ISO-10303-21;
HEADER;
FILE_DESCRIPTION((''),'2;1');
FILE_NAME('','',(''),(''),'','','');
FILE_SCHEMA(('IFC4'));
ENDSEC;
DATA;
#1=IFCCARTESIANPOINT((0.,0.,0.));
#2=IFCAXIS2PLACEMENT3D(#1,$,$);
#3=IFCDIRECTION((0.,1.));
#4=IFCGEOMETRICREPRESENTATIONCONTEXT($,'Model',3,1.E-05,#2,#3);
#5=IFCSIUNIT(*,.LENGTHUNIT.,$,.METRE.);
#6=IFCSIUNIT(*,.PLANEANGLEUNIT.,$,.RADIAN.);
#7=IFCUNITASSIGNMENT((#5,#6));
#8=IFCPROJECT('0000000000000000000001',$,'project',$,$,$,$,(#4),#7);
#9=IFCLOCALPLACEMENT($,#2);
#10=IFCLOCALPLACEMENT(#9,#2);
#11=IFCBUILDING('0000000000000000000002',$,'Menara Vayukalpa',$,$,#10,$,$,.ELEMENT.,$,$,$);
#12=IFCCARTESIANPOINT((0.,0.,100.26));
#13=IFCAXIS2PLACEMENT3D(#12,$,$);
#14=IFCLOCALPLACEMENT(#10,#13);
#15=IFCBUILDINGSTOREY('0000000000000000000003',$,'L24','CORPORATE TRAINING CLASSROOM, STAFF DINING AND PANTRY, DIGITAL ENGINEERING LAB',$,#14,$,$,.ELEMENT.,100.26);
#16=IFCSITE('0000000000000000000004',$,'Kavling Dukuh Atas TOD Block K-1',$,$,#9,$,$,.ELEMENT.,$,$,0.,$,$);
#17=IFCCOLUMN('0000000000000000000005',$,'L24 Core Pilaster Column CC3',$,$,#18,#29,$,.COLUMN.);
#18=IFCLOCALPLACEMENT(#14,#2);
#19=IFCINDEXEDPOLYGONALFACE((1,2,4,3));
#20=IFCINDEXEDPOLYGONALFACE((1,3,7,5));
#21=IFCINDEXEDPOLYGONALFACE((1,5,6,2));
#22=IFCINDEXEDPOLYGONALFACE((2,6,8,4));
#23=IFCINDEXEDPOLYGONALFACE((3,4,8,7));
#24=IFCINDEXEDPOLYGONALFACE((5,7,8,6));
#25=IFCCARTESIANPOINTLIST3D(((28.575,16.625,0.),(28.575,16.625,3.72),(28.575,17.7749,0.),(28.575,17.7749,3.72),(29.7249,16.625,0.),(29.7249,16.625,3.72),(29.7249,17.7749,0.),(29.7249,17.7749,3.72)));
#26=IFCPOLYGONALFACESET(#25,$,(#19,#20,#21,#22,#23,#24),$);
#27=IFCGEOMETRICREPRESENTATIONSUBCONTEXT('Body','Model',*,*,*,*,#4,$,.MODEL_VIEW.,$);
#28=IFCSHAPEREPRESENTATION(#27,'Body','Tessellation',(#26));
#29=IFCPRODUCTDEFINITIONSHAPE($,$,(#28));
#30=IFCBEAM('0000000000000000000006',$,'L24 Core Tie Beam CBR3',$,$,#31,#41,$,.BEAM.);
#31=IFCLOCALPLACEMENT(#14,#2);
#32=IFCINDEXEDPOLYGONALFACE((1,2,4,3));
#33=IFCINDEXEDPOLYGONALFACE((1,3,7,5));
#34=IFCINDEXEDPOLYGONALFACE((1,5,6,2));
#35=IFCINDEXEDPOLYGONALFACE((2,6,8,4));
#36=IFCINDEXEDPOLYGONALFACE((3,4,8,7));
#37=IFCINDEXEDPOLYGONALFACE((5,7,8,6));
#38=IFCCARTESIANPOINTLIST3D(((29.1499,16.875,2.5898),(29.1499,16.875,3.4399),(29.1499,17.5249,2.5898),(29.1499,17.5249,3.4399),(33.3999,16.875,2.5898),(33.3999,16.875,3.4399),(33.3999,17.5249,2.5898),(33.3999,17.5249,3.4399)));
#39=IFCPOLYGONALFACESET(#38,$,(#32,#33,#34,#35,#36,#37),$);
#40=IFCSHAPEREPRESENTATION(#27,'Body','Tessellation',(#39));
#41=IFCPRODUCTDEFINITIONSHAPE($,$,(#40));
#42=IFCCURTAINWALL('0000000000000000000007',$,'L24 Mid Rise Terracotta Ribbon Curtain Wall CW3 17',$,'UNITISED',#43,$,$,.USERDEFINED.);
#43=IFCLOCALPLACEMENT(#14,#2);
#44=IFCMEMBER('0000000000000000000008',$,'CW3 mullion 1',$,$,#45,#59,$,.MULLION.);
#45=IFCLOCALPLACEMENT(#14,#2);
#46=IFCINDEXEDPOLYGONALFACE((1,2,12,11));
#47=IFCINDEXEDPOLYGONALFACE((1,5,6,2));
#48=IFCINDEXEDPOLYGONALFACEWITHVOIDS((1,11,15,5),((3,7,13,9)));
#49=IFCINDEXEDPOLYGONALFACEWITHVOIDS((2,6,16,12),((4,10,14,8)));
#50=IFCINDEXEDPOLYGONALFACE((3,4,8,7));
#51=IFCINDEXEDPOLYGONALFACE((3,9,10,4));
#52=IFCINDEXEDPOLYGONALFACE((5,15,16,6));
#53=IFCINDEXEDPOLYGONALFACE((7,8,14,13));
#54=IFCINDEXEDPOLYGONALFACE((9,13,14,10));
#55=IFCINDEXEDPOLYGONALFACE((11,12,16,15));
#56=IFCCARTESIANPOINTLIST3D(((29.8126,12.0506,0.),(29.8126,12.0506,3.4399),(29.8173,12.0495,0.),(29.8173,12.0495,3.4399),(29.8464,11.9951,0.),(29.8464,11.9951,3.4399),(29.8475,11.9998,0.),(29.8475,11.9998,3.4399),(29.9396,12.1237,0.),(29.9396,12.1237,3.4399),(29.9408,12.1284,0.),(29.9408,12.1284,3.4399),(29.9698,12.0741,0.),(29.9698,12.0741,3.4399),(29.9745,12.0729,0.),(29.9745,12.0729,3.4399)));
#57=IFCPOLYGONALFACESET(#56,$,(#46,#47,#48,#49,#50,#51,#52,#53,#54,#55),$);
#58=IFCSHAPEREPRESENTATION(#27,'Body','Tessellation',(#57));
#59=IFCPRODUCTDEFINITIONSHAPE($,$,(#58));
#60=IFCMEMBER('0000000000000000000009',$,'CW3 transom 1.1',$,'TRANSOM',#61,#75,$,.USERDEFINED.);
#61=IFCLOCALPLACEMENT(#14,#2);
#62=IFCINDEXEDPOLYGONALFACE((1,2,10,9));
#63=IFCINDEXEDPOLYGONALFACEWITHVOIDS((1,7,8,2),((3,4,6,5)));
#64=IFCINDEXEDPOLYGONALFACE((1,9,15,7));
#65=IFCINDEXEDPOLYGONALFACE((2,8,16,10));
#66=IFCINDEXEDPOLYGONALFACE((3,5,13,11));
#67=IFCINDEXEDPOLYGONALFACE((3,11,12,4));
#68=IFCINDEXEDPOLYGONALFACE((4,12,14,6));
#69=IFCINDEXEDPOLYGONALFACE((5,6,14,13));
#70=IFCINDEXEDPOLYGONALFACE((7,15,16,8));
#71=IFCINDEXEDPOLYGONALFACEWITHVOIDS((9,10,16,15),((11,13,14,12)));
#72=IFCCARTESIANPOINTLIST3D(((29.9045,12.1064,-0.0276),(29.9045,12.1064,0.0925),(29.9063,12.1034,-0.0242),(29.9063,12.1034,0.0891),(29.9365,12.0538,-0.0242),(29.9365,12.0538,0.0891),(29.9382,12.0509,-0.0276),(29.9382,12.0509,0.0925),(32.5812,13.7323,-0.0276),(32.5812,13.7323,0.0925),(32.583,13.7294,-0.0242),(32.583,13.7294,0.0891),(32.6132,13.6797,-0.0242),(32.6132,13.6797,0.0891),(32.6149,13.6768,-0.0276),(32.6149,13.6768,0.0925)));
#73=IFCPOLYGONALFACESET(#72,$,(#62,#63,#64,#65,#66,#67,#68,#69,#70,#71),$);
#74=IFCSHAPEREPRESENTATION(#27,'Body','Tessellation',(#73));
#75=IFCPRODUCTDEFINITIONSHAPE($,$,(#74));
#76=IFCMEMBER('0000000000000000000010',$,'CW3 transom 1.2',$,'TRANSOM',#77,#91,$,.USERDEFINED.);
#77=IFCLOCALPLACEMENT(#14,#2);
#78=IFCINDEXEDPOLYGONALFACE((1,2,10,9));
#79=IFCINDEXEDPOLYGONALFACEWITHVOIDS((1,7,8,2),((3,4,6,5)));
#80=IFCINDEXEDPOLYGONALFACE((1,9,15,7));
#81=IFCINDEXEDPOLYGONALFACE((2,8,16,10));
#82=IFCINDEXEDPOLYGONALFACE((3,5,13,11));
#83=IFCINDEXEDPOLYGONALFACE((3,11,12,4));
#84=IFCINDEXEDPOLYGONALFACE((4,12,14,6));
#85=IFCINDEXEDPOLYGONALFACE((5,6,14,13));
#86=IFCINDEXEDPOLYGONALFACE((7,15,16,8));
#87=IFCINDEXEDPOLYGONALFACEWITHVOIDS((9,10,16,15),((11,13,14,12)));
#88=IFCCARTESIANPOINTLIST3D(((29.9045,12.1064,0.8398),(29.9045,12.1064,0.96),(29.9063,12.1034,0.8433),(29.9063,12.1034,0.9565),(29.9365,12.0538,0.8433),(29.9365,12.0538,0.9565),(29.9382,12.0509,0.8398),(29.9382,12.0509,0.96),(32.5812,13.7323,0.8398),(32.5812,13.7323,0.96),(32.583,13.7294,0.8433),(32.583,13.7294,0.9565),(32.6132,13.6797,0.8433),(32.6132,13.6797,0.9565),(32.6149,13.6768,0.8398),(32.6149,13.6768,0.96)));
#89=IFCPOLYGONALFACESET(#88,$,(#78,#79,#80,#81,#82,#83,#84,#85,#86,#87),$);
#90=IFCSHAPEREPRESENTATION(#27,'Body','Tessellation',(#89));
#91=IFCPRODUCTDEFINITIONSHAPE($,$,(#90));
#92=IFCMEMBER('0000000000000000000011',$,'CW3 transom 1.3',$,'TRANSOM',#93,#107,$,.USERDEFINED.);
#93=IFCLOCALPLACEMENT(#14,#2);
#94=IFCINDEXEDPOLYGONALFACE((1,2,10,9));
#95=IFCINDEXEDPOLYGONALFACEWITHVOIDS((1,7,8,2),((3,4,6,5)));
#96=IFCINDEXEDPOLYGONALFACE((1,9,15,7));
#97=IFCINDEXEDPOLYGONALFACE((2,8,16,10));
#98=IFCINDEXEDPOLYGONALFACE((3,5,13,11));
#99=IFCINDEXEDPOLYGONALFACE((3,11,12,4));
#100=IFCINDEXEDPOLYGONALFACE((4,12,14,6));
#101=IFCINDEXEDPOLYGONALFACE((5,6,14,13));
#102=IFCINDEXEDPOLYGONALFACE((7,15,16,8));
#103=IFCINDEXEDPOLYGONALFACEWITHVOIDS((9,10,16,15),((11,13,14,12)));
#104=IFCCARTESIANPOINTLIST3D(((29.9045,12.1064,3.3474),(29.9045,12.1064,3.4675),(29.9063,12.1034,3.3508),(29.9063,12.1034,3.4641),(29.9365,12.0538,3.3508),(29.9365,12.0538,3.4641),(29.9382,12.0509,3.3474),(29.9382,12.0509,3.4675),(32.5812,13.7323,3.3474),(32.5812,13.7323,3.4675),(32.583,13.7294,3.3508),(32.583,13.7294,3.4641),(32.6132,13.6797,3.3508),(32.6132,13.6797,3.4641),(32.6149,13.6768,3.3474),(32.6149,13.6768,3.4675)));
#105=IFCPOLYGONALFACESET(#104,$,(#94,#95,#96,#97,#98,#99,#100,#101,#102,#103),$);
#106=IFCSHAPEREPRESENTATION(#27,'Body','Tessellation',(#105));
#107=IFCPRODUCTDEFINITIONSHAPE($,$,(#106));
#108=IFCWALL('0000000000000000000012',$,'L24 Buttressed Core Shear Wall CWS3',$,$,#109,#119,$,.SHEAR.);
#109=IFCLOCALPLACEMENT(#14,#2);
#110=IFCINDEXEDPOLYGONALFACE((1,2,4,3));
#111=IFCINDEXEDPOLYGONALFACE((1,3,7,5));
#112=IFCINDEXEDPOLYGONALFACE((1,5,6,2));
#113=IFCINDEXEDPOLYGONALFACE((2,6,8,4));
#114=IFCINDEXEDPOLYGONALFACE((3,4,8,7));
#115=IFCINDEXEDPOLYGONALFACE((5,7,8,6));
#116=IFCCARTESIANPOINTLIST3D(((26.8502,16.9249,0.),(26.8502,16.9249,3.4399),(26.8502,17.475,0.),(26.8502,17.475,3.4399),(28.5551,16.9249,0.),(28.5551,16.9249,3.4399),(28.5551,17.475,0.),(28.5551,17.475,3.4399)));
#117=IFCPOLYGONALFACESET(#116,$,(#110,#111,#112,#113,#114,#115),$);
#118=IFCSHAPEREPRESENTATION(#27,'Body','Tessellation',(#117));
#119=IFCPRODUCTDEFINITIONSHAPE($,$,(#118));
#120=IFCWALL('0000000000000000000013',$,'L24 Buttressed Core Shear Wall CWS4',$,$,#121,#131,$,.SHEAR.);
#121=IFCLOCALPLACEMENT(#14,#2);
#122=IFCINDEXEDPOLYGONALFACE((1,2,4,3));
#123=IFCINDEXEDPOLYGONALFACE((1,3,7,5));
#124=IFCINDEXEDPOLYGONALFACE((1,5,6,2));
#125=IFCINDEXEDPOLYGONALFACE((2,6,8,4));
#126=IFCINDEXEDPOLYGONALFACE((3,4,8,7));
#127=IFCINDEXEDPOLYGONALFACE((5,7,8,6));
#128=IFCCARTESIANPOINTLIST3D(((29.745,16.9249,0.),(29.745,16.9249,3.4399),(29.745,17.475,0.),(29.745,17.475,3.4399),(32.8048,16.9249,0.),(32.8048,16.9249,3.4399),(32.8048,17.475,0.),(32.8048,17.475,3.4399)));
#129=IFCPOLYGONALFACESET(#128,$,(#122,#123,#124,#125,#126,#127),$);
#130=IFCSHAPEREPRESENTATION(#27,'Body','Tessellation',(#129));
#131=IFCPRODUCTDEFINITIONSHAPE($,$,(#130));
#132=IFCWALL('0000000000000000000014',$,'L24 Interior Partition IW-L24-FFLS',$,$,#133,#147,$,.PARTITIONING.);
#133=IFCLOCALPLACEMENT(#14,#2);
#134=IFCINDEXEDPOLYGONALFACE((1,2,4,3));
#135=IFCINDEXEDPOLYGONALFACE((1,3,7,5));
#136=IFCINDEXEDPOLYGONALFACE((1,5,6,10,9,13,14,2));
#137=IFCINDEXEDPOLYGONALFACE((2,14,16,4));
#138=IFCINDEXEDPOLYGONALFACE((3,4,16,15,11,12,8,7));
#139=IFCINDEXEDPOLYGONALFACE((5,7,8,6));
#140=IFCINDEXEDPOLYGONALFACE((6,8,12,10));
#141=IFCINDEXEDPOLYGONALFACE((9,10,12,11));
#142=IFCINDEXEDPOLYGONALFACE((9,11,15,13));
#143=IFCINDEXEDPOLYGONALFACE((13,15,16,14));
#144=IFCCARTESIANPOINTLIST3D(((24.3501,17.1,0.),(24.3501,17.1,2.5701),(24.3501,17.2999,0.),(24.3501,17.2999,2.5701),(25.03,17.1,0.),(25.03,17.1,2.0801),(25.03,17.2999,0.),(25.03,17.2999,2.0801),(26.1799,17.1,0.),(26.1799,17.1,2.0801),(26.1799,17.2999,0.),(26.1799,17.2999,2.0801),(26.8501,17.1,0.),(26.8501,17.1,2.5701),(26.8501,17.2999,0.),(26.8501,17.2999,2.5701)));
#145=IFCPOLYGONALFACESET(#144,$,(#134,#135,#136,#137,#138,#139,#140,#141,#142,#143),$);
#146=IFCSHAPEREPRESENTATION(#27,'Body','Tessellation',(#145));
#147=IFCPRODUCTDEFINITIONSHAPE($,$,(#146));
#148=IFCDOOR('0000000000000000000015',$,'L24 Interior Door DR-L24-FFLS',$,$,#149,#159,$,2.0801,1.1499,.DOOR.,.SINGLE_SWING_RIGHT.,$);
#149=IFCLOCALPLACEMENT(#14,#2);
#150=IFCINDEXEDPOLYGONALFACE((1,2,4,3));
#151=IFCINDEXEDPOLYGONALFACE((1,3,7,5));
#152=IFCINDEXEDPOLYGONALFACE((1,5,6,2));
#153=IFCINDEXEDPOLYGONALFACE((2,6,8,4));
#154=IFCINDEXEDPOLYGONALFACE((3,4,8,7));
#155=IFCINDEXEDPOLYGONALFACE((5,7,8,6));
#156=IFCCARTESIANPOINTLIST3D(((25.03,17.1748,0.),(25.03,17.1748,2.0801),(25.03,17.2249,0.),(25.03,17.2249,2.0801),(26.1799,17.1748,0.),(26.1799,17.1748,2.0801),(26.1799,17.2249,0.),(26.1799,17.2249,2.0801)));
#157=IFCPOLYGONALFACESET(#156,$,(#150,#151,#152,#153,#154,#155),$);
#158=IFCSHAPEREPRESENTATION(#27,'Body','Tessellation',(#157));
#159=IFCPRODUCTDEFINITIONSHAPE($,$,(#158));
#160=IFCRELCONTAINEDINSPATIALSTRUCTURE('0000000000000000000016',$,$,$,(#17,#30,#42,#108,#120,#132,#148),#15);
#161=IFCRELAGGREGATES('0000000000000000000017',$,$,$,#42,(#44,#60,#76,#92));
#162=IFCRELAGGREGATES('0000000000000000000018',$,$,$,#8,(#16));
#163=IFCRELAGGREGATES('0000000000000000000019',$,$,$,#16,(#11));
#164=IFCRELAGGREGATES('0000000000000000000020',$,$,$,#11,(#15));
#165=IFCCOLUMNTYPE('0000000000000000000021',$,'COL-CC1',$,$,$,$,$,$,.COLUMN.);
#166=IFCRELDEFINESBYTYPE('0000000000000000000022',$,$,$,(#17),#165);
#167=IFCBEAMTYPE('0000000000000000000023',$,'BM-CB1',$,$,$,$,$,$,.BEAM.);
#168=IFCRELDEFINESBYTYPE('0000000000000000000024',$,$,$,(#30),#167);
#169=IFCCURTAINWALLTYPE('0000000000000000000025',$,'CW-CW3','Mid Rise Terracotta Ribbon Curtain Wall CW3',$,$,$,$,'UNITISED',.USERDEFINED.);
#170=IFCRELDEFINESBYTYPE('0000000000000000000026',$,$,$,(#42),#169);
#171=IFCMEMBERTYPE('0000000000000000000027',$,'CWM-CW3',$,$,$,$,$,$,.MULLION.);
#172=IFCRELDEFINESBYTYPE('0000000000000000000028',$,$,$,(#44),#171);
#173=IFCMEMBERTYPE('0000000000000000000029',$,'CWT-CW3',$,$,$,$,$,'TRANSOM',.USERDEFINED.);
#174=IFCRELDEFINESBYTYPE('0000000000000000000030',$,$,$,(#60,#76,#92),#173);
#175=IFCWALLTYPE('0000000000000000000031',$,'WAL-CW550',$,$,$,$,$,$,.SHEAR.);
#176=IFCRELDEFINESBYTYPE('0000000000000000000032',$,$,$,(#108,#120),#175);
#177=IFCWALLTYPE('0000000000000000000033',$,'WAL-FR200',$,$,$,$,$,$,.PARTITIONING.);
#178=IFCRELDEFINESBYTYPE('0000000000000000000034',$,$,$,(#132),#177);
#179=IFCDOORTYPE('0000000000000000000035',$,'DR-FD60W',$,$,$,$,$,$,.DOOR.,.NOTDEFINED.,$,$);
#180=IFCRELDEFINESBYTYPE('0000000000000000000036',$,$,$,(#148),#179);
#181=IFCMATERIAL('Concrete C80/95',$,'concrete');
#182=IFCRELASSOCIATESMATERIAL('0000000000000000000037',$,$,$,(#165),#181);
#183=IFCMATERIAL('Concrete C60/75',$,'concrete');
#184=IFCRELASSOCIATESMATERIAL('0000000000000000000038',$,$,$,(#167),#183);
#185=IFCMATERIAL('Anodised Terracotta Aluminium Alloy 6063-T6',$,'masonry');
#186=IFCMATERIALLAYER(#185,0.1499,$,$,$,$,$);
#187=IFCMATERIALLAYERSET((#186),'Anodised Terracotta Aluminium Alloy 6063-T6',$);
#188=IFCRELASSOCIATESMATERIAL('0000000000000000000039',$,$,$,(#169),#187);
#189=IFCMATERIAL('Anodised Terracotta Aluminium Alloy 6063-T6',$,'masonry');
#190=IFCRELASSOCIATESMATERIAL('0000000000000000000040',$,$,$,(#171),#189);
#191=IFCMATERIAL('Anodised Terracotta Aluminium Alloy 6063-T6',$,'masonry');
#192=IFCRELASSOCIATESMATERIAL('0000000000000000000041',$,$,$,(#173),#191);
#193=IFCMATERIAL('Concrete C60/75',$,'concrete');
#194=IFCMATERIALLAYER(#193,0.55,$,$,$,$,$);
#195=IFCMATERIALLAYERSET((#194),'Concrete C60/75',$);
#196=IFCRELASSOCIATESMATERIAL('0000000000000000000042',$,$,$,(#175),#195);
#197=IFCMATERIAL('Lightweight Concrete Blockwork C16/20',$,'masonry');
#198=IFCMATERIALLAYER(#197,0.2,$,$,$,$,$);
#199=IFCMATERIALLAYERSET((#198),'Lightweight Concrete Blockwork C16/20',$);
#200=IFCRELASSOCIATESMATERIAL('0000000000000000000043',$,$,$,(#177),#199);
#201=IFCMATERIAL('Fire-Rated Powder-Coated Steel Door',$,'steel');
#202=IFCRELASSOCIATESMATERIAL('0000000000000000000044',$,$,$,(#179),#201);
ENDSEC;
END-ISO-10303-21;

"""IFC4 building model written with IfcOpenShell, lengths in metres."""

from ifc_helpers import new_model, si_unit, direction, frame, frame_2d, origin, origin_2d, place, context, subcontext, project, spatial, rectangle, hollow_rectangle, extrude, material, layer, layer_set, material_profile, profile_set, type_object, element, fill, aggregate, save


model = new_model("IFC4")

# Units and contexts
model_context = context("Model", 3, precision=1e-05, world=origin(), true_north=direction((0.0, 1.0)))
body_context = subcontext(model_context, "Body", "Model", "MODEL_VIEW")
ifc_project = project(units=[si_unit("LENGTHUNIT", "METRE"), si_unit("PLANEANGLEUNIT", "RADIAN")], contexts=[model_context])

# Site, building, storey
site_placement = place(None, origin())
site = spatial("IfcSite", under=ifc_project, at=site_placement, Name="Kavling Dukuh Atas TOD Block K-1", CompositionType="ELEMENT", RefElevation=0.0)
building_placement = place(site_placement, origin())
building = spatial("IfcBuilding", under=site, at=building_placement, Name="Menara Vayukalpa", CompositionType="ELEMENT")
storey_placement = place(building_placement, frame((0.0, 0.0, 100.26)))
storey = spatial("IfcBuildingStorey", under=building, at=storey_placement, Name="L24", Description="CORPORATE TRAINING CLASSROOM, STAFF DINING AND PANTRY, DIGITAL ENGINEERING LAB", CompositionType="ELEMENT", Elevation=100.26)

# Column
ifc_material_1 = material(Name="Concrete C80/95", Category="concrete")
ifc_material_profile_1 = material_profile(ifc_material_1, rectangle(XDim=1.1499, YDim=1.1499, at=origin_2d()), Name="RC 1150x1150")
ifc_profile_set_1 = profile_set([ifc_material_profile_1], Name="Concrete C80/95")
column_type = type_object("IfcColumnType", Name="COL-CC1", PredefinedType="COLUMN", material=ifc_profile_set_1)
column_placement = place(storey_placement, frame((29.1499, 17.2, 0.0), z_axis=(0.0, 0.0, 1.0), x_axis=(1.0, 0.0, 0.0)))
element("IfcColumn", 1, at=column_placement, inside=storey, type_object=column_type, Name="L24 Core Pilaster Column CC3", PredefinedType="COLUMN", context=body_context, shape_type="SweptSolid", body=[
    extrude(rectangle(XDim=1.1499, YDim=1.1499, at=origin_2d()), origin(), (0.0, 0.0, 1.0), 3.72),
])

# Beam
ifc_material_2 = material(Name="Concrete C60/75", Category="concrete")
ifc_material_profile_2 = material_profile(ifc_material_2, rectangle(XDim=0.6499, YDim=0.8501, at=origin_2d()), Name="RC 650x850")
ifc_profile_set_2 = profile_set([ifc_material_profile_2], Name="Concrete C60/75")
beam_type = type_object("IfcBeamType", Name="BM-CB1", PredefinedType="BEAM", material=ifc_profile_set_2)
beam_placement = place(storey_placement, frame((29.1499, 17.2, 3.0149), z_axis=(1.0, 0.0, 0.0), x_axis=(0.0, 1.0, 0.0)))
element("IfcBeam", 2, at=beam_placement, inside=storey, type_object=beam_type, Name="L24 Core Tie Beam CBR3", PredefinedType="BEAM", context=body_context, shape_type="SweptSolid", body=[
    extrude(rectangle(XDim=0.6499, YDim=0.8501, at=origin_2d()), origin(), (0.0, 0.0, 1.0), 4.25),
])

# Curtain wall, members
ifc_material_3 = material(Name="Anodised Terracotta Aluminium Alloy 6063-T6", Category="masonry")
ifc_layer_1 = layer(ifc_material_3, 0.1499)
ifc_layer_set_1 = layer_set([ifc_layer_1], Name="Anodised Terracotta Aluminium Alloy 6063-T6")
curtain_wall_type = type_object("IfcCurtainWallType", Name="CW-CW3", Description="Mid Rise Terracotta Ribbon Curtain Wall CW3", ElementType="UNITISED", PredefinedType="USERDEFINED", material=ifc_layer_set_1)
curtain_wall_placement = place(storey_placement, origin())
curtain_wall = element("IfcCurtainWall", 3, at=curtain_wall_placement, inside=storey, type_object=curtain_wall_type, Name="L24 Mid Rise Terracotta Ribbon Curtain Wall CW3 17", ObjectType="UNITISED", PredefinedType="USERDEFINED")
ifc_material_4 = material(Name="Anodised Terracotta Aluminium Alloy 6063-T6", Category="masonry")
ifc_material_profile_3 = material_profile(ifc_material_4, hollow_rectangle(XDim=0.0649, YDim=0.1499, WallThickness=0.0034, at=origin_2d()), Name="ALU 65x150x3.5")
ifc_profile_set_3 = profile_set([ifc_material_profile_3], Name="Anodised Terracotta Aluminium Alloy 6063-T6")
member_type_1 = type_object("IfcMemberType", Name="CWM-CW3", PredefinedType="MULLION", material=ifc_profile_set_3)
member_1_placement = place(storey_placement, frame((29.8936, 12.0618, 0.0), z_axis=(0.0, 0.0, 1.0), x_axis=(-0.519183, 0.854663, 0.0)))
member_1 = element("IfcMember", 4, at=member_1_placement, type_object=member_type_1, Name="CW3 mullion 1", PredefinedType="MULLION", context=body_context, shape_type="SweptSolid", body=[
    extrude(hollow_rectangle(XDim=0.0649, YDim=0.1499, WallThickness=0.0034, at=origin_2d()), origin(), (0.0, 0.0, 1.0), 3.4399),
])
ifc_material_5 = material(Name="Anodised Terracotta Aluminium Alloy 6063-T6", Category="masonry")
ifc_material_profile_4 = material_profile(ifc_material_5, hollow_rectangle(XDim=0.0649, YDim=0.1201, WallThickness=0.0034, at=origin_2d()), Name="ALU 65x120x3.5")
ifc_profile_set_4 = profile_set([ifc_material_profile_4], Name="Anodised Terracotta Aluminium Alloy 6063-T6")
member_type_2 = type_object("IfcMemberType", Name="CWT-CW3", ElementType="TRANSOM", PredefinedType="USERDEFINED", material=ifc_profile_set_4)
member_2_placement = place(storey_placement, frame((29.9214, 12.0786, 0.0325), z_axis=(0.854674, 0.519165, 0.0), x_axis=(-0.519165, 0.854674, 0.0)))
member_2 = element("IfcMember", 5, at=member_2_placement, type_object=member_type_2, Name="CW3 transom 1.1", ObjectType="TRANSOM", PredefinedType="USERDEFINED", context=body_context, shape_type="SweptSolid", body=[
    extrude(hollow_rectangle(XDim=0.0649, YDim=0.1201, WallThickness=0.0034, at=origin_2d()), origin(), (0.0, 0.0, 1.0), 3.1318),
])
member_3_placement = place(storey_placement, frame((29.9214, 12.0786, 0.8999), z_axis=(0.854674, 0.519165, 0.0), x_axis=(-0.519165, 0.854674, 0.0)))
member_3 = element("IfcMember", 6, at=member_3_placement, type_object=member_type_2, Name="CW3 transom 1.2", ObjectType="TRANSOM", PredefinedType="USERDEFINED", context=body_context, shape_type="SweptSolid", body=[
    extrude(hollow_rectangle(XDim=0.0649, YDim=0.1201, WallThickness=0.0034, at=origin_2d()), origin(), (0.0, 0.0, 1.0), 3.1318),
])
member_4_placement = place(storey_placement, frame((29.9214, 12.0786, 3.4075), z_axis=(0.854674, 0.519165, 0.0), x_axis=(-0.519165, 0.854674, 0.0)))
member_4 = element("IfcMember", 7, at=member_4_placement, type_object=member_type_2, Name="CW3 transom 1.3", ObjectType="TRANSOM", PredefinedType="USERDEFINED", context=body_context, shape_type="SweptSolid", body=[
    extrude(hollow_rectangle(XDim=0.0649, YDim=0.1201, WallThickness=0.0034, at=origin_2d()), origin(), (0.0, 0.0, 1.0), 3.1318),
])
aggregate(curtain_wall, [member_1, member_2, member_3, member_4])

# Walls
ifc_material_6 = material(Name="Concrete C60/75", Category="concrete")
ifc_layer_2 = layer(ifc_material_6, 0.55)
ifc_layer_set_2 = layer_set([ifc_layer_2], Name="Concrete C60/75")
wall_type_1 = type_object("IfcWallType", Name="WAL-CW550", PredefinedType="SHEAR", material=ifc_layer_set_2)
wall_1_placement = place(storey_placement, frame((26.8501, 17.2, 0.0), z_axis=(0.0, 0.0, 1.0), x_axis=(1.0, 0.0, 0.0)))
element("IfcWall", 8, at=wall_1_placement, inside=storey, type_object=wall_type_1, Name="L24 Buttressed Core Shear Wall CWS3", PredefinedType="SHEAR", context=body_context, shape_type="SweptSolid", body=[
    extrude(rectangle(XDim=1.7048, YDim=0.55, at=frame_2d((0.8525, 0.0))), origin(), (0.0, 0.0, 1.0), 3.4399),
])
wall_2_placement = place(storey_placement, frame((29.7451, 17.2, 0.0), z_axis=(0.0, 0.0, 1.0), x_axis=(1.0, 0.0, 0.0)))
element("IfcWall", 9, at=wall_2_placement, inside=storey, type_object=wall_type_1, Name="L24 Buttressed Core Shear Wall CWS4", PredefinedType="SHEAR", context=body_context, shape_type="SweptSolid", body=[
    extrude(rectangle(XDim=3.0598, YDim=0.55, at=frame_2d((1.5298, 0.0))), origin(), (0.0, 0.0, 1.0), 3.4399),
])

# Wall, opening, door
ifc_material_7 = material(Name="Lightweight Concrete Blockwork C16/20", Category="masonry")
ifc_layer_3 = layer(ifc_material_7, 0.2)
ifc_layer_set_3 = layer_set([ifc_layer_3], Name="Lightweight Concrete Blockwork C16/20")
wall_type_2 = type_object("IfcWallType", Name="WAL-FR200", PredefinedType="PARTITIONING", material=ifc_layer_set_3)
wall_3_placement = place(storey_placement, frame((24.3501, 17.2, 0.0), z_axis=(0.0, 0.0, 1.0), x_axis=(1.0, 0.0, 0.0)))
wall_3 = element("IfcWall", 10, at=wall_3_placement, inside=storey, type_object=wall_type_2, Name="L24 Interior Partition IW-L24-FFLS", PredefinedType="PARTITIONING", context=body_context, shape_type="SweptSolid", body=[
    extrude(rectangle(XDim=2.5, YDim=0.2, at=frame_2d((1.25, 0.0))), origin(), (0.0, 0.0, 1.0), 2.5701),
])
opening_1_placement = place(wall_3_placement, frame((0.6799, 0.0, 0.0)))
opening_1 = element("IfcOpeningElement", 11, at=opening_1_placement, cuts=wall_3, PredefinedType="OPENING", context=body_context, shape_type="SweptSolid", body=[
    extrude(rectangle(XDim=1.1499, YDim=2.0801, at=frame_2d((0.575, 1.04))), frame((0.0, 0.1099, 0.0), z_axis=(0.0, -1.0, 0.0), x_axis=(1.0, 0.0, 0.0)), (0.0, 0.0, 1.0), 0.22),
])
ifc_material_8 = material(Name="Fire-Rated Powder-Coated Steel Door", Category="steel")
door_type_1 = type_object("IfcDoorType", Name="DR-FD60W", OperationType="NOTDEFINED", PredefinedType="DOOR", material=ifc_material_8)
door_1_placement = place(opening_1_placement, origin())
door_1 = element("IfcDoor", 12, at=door_1_placement, inside=storey, type_object=door_type_1, Name="L24 Interior Door DR-L24-FFLS", OperationType="SINGLE_SWING_RIGHT", OverallHeight=2.0801, OverallWidth=1.1499, PredefinedType="DOOR", context=body_context, shape_type="SweptSolid", body=[
    extrude(rectangle(XDim=1.1499, YDim=2.0801, at=frame_2d((0.575, 1.04))), frame((0.0, 0.0249, 0.0), z_axis=(0.0, -1.0, 0.0), x_axis=(1.0, 0.0, 0.0)), (0.0, 0.0, 1.0), 0.05),
])
fill(opening_1, door_1)

save(model, "model.ifc")
